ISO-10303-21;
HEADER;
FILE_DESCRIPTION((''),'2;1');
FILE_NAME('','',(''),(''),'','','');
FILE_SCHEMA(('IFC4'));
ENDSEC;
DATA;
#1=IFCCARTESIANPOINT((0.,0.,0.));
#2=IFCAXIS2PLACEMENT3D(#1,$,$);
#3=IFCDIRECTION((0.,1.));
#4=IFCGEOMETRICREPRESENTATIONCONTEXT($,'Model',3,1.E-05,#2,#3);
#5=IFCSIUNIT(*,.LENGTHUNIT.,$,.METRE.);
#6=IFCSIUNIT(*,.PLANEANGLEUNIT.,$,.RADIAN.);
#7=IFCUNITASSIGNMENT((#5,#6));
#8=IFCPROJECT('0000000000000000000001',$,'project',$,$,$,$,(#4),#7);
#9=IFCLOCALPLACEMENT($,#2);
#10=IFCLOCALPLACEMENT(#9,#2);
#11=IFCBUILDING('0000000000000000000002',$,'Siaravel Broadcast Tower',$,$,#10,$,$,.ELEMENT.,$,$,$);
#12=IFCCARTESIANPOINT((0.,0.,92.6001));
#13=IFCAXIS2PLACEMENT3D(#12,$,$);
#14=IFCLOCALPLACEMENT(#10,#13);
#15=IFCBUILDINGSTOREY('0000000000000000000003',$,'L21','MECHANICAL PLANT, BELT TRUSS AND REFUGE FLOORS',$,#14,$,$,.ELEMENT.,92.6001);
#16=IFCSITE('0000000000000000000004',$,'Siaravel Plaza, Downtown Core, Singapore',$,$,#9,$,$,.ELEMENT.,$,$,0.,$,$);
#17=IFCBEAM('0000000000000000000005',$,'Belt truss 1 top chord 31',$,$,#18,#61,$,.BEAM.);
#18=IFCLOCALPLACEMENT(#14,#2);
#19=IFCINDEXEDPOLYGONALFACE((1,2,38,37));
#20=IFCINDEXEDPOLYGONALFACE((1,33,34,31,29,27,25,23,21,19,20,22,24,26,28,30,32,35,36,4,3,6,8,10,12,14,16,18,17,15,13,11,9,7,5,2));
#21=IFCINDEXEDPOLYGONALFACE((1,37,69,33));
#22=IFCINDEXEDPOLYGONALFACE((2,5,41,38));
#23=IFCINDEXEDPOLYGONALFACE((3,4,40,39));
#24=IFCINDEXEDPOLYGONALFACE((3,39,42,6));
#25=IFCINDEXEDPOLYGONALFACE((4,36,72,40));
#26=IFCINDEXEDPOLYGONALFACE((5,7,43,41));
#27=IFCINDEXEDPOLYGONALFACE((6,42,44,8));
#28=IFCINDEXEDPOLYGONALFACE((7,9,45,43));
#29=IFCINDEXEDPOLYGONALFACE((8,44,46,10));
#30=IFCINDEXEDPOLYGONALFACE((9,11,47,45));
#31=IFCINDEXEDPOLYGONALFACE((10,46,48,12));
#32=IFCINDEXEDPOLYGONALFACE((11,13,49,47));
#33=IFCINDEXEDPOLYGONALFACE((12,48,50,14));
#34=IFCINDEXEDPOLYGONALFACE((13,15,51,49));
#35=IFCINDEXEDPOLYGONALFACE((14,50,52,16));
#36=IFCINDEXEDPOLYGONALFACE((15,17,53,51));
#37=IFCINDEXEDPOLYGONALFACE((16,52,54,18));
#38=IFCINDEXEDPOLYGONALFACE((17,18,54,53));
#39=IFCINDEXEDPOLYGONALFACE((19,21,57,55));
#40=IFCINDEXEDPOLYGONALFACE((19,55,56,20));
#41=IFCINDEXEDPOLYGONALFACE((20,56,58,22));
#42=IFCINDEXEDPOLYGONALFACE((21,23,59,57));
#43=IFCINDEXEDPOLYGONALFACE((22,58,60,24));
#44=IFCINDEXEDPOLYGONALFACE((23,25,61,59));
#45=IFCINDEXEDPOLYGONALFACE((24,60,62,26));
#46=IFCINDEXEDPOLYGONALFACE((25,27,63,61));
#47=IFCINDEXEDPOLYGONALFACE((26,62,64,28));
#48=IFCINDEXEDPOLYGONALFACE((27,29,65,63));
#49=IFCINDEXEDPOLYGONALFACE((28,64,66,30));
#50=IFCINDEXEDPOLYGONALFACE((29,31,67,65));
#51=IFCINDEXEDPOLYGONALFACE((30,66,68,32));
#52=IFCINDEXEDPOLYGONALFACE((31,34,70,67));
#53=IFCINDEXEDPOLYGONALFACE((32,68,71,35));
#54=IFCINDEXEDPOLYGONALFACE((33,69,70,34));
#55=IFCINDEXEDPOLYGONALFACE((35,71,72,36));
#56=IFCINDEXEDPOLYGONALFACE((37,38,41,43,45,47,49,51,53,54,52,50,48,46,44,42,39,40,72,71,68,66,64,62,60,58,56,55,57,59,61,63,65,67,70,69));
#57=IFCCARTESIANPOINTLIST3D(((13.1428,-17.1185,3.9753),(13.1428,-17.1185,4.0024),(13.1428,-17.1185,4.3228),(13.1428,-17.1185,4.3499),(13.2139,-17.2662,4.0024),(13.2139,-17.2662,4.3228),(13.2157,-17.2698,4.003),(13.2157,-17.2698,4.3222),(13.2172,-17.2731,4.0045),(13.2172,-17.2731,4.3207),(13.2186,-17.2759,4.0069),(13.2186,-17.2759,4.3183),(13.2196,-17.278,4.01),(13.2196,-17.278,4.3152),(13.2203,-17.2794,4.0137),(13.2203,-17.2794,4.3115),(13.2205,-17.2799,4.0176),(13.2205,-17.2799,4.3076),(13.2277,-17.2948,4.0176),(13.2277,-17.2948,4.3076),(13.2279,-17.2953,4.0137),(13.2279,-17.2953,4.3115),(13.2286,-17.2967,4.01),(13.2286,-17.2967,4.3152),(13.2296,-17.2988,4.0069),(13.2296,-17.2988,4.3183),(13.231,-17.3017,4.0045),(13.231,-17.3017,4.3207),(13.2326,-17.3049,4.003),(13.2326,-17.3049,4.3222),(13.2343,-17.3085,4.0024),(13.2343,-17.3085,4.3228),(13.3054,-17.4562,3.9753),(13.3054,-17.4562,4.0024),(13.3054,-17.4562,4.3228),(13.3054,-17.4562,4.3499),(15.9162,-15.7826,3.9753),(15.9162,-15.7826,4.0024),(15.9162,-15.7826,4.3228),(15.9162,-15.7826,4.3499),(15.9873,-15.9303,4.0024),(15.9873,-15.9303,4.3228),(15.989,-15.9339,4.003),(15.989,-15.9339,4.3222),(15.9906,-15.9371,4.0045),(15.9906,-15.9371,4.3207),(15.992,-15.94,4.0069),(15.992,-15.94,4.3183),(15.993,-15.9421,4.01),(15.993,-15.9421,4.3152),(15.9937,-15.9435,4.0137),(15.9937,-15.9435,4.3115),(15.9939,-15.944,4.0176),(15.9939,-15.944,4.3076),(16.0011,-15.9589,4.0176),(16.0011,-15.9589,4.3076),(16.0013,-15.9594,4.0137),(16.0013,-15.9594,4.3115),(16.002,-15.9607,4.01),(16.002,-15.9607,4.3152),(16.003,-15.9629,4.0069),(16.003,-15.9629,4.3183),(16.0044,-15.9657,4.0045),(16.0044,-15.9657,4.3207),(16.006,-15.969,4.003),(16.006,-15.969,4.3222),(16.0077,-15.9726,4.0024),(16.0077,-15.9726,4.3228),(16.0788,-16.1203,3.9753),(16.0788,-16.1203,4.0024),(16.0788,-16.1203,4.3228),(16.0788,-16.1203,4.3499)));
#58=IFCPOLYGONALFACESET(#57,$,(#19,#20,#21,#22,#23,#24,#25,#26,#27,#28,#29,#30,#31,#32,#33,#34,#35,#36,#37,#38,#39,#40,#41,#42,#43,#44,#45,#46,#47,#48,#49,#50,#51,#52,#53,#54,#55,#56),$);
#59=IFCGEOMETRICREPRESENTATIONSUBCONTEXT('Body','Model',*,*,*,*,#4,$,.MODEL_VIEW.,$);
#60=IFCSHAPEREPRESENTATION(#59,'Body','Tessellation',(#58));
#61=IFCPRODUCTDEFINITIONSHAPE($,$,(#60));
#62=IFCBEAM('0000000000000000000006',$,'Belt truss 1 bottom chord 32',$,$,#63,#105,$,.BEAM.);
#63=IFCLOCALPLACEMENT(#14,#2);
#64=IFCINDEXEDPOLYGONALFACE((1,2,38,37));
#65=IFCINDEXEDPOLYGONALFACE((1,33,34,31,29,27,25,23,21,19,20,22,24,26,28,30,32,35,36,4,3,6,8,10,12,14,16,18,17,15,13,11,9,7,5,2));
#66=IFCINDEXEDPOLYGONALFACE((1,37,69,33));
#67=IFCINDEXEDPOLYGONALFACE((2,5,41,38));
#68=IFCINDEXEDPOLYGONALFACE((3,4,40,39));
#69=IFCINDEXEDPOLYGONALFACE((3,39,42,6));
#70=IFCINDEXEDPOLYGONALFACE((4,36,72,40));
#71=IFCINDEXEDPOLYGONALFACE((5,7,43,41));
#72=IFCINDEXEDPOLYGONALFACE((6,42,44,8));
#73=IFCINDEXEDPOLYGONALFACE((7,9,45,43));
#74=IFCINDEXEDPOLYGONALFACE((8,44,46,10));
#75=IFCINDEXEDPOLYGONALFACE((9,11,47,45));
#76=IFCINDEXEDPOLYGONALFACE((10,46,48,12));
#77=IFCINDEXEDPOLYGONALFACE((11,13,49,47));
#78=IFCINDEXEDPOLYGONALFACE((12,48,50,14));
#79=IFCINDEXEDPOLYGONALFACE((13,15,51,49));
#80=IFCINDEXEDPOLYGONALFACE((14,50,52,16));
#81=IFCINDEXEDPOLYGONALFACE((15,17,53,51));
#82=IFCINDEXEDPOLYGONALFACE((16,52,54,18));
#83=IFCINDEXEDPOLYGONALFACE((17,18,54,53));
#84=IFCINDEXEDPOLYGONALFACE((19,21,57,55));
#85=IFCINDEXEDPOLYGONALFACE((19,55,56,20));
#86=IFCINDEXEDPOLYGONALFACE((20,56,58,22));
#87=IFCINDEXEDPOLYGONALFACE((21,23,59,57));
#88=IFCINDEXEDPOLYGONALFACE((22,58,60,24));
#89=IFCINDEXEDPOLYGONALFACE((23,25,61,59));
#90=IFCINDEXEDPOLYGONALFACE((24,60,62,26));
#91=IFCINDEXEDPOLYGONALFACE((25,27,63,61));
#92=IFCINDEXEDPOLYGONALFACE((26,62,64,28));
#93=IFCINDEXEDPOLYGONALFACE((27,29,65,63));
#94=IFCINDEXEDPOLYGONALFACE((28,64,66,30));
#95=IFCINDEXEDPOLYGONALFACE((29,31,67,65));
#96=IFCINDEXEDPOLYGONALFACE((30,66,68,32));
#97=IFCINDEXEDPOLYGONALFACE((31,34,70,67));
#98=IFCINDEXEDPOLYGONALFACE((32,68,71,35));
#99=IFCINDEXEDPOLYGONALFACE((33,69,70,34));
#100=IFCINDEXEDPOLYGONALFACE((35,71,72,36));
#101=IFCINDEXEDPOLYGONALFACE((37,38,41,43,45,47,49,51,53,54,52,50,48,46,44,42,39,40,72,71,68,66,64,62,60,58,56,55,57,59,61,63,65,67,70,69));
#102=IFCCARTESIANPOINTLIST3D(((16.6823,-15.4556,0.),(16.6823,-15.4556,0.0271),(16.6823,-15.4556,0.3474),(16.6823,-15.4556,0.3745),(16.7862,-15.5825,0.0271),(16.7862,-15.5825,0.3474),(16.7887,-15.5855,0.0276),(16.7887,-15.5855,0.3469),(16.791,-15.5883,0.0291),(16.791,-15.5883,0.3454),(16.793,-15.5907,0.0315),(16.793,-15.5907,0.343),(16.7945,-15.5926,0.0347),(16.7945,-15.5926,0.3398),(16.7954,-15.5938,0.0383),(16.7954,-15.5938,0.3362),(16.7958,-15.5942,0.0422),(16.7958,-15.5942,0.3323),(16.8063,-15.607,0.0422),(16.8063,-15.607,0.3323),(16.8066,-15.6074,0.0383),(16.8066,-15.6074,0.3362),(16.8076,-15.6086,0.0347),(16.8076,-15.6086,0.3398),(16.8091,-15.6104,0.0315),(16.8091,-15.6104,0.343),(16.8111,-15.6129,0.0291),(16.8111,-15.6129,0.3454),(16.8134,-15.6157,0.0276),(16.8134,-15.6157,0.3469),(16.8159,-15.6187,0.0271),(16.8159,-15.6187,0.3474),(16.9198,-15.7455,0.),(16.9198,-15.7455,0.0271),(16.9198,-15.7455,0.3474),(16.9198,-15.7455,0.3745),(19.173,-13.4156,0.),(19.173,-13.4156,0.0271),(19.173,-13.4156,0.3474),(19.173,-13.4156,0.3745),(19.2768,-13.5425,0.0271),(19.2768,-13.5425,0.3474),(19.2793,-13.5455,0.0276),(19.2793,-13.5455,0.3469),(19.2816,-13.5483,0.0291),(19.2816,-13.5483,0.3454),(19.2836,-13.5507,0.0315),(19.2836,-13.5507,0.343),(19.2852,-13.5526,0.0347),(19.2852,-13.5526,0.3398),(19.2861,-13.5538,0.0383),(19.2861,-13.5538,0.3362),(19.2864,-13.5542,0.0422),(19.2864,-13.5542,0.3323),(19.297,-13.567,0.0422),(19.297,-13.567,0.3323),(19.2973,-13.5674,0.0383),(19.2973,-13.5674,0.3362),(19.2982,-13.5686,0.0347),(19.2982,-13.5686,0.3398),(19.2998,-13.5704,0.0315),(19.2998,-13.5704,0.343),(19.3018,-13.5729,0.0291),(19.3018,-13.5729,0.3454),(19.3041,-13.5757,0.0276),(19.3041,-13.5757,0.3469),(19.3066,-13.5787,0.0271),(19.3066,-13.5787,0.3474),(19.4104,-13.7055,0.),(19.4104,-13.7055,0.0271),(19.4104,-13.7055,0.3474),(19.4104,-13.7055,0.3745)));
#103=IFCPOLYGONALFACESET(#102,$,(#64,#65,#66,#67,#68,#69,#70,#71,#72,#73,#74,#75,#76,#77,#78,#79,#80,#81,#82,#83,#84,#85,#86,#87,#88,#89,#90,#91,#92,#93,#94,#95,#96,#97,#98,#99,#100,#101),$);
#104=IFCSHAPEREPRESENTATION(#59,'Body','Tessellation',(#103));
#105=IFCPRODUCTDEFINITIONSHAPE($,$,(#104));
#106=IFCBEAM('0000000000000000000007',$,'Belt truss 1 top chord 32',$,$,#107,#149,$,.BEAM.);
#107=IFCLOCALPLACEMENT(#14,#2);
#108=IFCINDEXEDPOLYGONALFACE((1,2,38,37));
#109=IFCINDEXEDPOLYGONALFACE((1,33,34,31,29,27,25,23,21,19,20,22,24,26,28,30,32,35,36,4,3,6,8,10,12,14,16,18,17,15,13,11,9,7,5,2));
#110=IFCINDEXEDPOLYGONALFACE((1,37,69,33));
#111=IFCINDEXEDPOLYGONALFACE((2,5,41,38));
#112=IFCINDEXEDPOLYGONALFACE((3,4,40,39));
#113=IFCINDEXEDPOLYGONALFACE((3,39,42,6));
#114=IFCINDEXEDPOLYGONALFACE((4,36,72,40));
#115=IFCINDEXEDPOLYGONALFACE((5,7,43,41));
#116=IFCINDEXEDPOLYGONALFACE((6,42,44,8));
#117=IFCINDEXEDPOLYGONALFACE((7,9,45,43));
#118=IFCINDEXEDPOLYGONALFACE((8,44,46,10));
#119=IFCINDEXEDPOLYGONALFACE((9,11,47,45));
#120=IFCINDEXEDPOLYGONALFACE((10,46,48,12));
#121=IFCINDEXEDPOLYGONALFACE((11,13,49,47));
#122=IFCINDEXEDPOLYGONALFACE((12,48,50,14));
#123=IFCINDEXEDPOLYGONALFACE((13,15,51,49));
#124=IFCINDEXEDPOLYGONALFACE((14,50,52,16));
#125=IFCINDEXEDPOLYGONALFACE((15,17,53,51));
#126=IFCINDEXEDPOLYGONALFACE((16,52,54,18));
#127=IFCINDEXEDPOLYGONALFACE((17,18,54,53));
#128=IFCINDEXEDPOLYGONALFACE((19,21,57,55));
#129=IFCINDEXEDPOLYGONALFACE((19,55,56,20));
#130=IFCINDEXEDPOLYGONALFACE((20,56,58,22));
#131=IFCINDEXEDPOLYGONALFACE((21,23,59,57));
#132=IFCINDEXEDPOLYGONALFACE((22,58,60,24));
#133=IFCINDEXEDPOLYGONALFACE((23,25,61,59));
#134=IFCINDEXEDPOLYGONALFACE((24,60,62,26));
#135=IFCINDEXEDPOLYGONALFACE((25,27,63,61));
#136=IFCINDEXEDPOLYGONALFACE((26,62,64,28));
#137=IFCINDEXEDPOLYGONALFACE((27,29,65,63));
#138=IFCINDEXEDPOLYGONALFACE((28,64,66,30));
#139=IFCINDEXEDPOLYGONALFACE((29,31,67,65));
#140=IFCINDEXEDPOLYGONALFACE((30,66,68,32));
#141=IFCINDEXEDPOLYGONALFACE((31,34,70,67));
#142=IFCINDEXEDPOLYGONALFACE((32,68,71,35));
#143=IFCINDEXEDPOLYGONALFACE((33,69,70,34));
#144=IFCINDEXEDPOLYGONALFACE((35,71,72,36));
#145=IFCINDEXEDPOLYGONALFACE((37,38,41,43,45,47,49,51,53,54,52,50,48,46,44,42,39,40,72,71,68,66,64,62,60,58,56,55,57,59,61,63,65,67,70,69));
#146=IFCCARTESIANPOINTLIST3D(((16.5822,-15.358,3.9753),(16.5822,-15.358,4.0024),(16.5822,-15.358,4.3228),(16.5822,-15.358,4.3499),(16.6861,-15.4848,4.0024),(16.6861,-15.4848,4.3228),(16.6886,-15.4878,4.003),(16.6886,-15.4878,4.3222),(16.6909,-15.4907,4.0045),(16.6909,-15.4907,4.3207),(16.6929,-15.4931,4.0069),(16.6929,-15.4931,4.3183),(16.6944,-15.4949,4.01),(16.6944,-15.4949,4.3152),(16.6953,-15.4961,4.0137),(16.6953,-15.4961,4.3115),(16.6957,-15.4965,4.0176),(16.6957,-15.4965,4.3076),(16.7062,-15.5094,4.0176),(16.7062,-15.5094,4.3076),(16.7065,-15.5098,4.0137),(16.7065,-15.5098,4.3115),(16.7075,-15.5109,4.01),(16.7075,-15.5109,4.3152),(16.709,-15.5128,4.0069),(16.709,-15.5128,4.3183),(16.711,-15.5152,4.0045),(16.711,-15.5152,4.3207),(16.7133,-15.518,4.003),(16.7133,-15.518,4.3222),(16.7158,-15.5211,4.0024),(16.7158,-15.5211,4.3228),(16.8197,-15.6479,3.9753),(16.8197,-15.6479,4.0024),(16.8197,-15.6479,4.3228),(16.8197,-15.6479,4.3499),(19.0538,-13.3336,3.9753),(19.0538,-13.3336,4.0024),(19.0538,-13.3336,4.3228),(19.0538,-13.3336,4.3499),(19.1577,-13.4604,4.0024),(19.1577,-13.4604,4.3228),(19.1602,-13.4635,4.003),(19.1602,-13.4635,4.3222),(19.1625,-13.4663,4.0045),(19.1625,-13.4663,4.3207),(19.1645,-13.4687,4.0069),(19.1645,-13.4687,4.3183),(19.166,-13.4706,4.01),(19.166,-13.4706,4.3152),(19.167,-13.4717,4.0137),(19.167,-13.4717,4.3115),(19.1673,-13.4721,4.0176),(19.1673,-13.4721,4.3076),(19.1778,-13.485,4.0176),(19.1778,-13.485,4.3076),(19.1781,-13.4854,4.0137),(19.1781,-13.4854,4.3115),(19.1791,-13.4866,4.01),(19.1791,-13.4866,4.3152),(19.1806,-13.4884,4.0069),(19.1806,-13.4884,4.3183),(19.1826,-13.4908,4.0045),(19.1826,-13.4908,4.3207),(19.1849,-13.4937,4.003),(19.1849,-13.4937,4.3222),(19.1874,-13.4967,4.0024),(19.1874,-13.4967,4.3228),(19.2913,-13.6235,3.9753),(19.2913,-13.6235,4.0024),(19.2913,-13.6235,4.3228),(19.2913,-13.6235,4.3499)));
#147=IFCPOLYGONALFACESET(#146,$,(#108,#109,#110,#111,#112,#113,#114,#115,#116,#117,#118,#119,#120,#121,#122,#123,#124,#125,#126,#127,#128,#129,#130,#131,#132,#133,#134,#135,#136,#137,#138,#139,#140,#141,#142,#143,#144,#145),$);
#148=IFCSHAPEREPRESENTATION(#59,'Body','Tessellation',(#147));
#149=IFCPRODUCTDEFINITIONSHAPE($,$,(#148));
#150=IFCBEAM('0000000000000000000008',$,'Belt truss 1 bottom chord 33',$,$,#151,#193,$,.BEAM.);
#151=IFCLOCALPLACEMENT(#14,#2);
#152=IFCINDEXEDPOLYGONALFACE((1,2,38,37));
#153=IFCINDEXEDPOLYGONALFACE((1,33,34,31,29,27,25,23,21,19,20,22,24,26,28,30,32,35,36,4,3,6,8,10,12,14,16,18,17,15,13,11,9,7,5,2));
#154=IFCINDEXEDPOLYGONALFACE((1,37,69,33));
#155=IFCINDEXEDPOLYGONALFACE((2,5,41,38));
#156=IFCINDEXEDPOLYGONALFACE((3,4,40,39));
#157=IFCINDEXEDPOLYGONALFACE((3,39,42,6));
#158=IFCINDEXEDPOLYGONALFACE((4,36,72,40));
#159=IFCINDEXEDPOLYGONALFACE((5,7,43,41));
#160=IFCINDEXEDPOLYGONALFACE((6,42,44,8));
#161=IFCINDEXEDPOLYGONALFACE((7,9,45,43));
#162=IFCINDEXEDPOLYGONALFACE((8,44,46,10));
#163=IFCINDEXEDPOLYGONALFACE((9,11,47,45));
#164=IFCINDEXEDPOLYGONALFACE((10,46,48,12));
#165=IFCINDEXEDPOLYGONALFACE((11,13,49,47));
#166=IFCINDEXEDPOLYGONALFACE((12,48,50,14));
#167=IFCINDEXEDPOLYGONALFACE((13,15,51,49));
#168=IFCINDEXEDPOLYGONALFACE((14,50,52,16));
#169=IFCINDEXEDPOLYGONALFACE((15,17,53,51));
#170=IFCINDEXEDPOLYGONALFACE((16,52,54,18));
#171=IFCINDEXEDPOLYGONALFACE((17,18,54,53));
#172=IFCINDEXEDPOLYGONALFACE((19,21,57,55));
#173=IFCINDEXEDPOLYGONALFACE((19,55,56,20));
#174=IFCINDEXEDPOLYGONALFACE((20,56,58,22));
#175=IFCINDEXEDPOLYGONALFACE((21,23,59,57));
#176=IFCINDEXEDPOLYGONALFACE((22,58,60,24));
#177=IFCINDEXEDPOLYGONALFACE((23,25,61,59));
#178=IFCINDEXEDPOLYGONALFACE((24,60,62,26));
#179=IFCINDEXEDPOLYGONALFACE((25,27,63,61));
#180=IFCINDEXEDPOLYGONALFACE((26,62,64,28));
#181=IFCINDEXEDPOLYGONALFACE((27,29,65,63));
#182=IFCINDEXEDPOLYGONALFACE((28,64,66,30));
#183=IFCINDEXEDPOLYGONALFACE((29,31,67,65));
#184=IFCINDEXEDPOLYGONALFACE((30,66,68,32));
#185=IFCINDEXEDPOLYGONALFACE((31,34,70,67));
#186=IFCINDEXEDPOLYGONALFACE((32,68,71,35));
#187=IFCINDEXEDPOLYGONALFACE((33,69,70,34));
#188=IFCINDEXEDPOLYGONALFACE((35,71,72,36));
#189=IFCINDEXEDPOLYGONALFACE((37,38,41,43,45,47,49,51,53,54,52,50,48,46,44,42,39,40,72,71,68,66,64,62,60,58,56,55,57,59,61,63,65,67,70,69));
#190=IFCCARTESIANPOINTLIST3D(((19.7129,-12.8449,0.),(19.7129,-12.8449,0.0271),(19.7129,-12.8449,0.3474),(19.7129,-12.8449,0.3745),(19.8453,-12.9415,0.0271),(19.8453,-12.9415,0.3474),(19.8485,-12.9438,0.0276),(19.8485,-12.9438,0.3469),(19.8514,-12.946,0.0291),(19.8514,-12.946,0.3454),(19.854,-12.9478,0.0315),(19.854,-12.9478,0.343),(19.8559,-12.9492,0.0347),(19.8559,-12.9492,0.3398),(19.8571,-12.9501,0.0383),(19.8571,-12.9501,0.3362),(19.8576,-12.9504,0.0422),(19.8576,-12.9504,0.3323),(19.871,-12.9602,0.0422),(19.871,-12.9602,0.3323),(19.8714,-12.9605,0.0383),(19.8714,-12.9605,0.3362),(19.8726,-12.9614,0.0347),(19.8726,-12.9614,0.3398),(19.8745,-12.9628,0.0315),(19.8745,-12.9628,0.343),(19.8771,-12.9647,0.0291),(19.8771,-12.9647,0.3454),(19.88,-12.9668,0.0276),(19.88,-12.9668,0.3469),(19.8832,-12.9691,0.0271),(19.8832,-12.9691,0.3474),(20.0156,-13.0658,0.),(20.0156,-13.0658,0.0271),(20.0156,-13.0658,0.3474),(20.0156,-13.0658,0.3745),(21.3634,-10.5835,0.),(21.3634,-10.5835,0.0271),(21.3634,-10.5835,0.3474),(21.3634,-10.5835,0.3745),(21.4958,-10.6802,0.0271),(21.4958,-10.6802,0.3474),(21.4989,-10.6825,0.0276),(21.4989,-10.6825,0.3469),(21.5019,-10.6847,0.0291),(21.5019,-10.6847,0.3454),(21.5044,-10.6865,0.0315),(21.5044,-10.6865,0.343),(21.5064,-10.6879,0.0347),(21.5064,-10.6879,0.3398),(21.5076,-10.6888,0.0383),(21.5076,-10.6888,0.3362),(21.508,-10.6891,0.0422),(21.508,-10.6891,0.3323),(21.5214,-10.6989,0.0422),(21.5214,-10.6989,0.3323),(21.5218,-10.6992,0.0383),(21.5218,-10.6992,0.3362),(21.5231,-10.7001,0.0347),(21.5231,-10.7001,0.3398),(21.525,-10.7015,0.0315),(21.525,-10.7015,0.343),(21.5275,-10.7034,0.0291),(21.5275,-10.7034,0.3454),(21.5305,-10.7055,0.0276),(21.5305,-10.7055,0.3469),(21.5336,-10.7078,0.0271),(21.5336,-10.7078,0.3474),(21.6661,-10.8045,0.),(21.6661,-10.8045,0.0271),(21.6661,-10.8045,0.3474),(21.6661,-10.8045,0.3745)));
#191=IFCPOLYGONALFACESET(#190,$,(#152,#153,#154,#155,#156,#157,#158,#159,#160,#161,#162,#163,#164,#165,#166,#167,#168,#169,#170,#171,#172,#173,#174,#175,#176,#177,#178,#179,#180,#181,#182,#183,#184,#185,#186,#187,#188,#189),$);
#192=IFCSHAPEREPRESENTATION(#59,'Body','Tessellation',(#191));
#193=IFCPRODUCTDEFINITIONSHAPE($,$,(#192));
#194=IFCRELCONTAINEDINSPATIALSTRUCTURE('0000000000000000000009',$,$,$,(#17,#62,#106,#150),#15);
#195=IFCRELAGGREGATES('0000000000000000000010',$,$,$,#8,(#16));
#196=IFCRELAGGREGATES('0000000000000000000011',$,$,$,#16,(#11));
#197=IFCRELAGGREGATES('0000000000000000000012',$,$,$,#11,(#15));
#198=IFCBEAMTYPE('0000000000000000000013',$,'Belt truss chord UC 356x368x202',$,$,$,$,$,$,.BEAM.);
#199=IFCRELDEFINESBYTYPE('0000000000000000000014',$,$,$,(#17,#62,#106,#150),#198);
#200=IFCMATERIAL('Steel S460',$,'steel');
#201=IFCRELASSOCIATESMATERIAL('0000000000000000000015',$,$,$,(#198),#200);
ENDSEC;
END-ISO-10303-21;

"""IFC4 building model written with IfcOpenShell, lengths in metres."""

from ifc_helpers import new_model, si_unit, direction, frame, origin, origin_2d, place, context, subcontext, project, spatial, i_section, extrude, material, material_profile, profile_set, type_object, element, save


model = new_model("IFC4")

# Units and contexts
model_context = context("Model", 3, precision=1e-05, world=origin(), true_north=direction((0.0, 1.0)))
body_context = subcontext(model_context, "Body", "Model", "MODEL_VIEW")
ifc_project = project(units=[si_unit("LENGTHUNIT", "METRE"), si_unit("PLANEANGLEUNIT", "RADIAN")], contexts=[model_context])

# Site, building, storey
site_placement = place(None, origin())
site = spatial("IfcSite", under=ifc_project, at=site_placement, Name="Siaravel Plaza, Downtown Core, Singapore", CompositionType="ELEMENT", RefElevation=0.0)
building_placement = place(site_placement, origin())
building = spatial("IfcBuilding", under=site, at=building_placement, Name="Siaravel Broadcast Tower", CompositionType="ELEMENT")
storey_placement = place(building_placement, frame((0.0, 0.0, 92.6001)))
storey = spatial("IfcBuildingStorey", under=building, at=storey_placement, Name="L21", Description="MECHANICAL PLANT, BELT TRUSS AND REFUGE FLOORS", CompositionType="ELEMENT", Elevation=92.6001)

# Beams
ifc_material_1 = material(Name="Steel S460", Category="steel")
ifc_material_profile_1 = material_profile(ifc_material_1, i_section(OverallWidth=0.3748, OverallDepth=0.3745, WebThickness=0.0166, FlangeThickness=0.0271, FilletRadius=0.0151, at=origin_2d()))
ifc_profile_set_1 = profile_set([ifc_material_profile_1], Name="Steel S460")
beam_type_1 = type_object("IfcBeamType", Name="Belt truss chord UC 356x368x202", PredefinedType="BEAM", material=ifc_profile_set_1)
beam_1_placement = place(storey_placement, frame((13.2241, -17.2874, 4.1626), z_axis=(0.900928, 0.433968, 0.0), x_axis=(-0.433968, 0.900928, 0.0)))
element("IfcBeam", 1, at=beam_1_placement, inside=storey, type_object=beam_type_1, Name="Belt truss 1 top chord 31", PredefinedType="BEAM", context=body_context, shape_type="SweptSolid", body=[
    extrude(i_section(OverallWidth=0.3748, OverallDepth=0.3745, WebThickness=0.0166, FlangeThickness=0.0271, FilletRadius=0.0151, at=origin_2d()), origin(), (0.0, 0.0, 1.0), 3.0784),
])
beam_2_placement = place(storey_placement, frame((16.801, -15.6006, 0.1873), z_axis=(0.773626, 0.633642, 0.0), x_axis=(-0.633642, 0.773626, 0.0)))
element("IfcBeam", 2, at=beam_2_placement, inside=storey, type_object=beam_type_1, Name="Belt truss 1 bottom chord 32", PredefinedType="BEAM", context=body_context, shape_type="SweptSolid", body=[
    extrude(i_section(OverallWidth=0.3748, OverallDepth=0.3745, WebThickness=0.0166, FlangeThickness=0.0271, FilletRadius=0.0151, at=origin_2d()), origin(), (0.0, 0.0, 1.0), 3.2195),
])
beam_3_placement = place(storey_placement, frame((16.7009, -15.5029, 4.1626), z_axis=(0.77363, 0.633637, 0.0), x_axis=(-0.633637, 0.77363, 0.0)))
element("IfcBeam", 3, at=beam_3_placement, inside=storey, type_object=beam_type_1, Name="Belt truss 1 top chord 32", PredefinedType="BEAM", context=body_context, shape_type="SweptSolid", body=[
    extrude(i_section(OverallWidth=0.3748, OverallDepth=0.3745, WebThickness=0.0166, FlangeThickness=0.0271, FilletRadius=0.0151, at=origin_2d()), origin(), (0.0, 0.0, 1.0), 3.1948),
])
beam_4_placement = place(storey_placement, frame((19.8643, -12.9553, 0.1873), z_axis=(0.58954, 0.807739, 0.0), x_axis=(-0.807739, 0.58954, 0.0)))
element("IfcBeam", 4, at=beam_4_placement, inside=storey, type_object=beam_type_1, Name="Belt truss 1 bottom chord 33", PredefinedType="BEAM", context=body_context, shape_type="SweptSolid", body=[
    extrude(i_section(OverallWidth=0.3748, OverallDepth=0.3745, WebThickness=0.0166, FlangeThickness=0.0271, FilletRadius=0.0151, at=origin_2d()), origin(), (0.0, 0.0, 1.0), 2.7996),
])

save(model, "model.ifc")
